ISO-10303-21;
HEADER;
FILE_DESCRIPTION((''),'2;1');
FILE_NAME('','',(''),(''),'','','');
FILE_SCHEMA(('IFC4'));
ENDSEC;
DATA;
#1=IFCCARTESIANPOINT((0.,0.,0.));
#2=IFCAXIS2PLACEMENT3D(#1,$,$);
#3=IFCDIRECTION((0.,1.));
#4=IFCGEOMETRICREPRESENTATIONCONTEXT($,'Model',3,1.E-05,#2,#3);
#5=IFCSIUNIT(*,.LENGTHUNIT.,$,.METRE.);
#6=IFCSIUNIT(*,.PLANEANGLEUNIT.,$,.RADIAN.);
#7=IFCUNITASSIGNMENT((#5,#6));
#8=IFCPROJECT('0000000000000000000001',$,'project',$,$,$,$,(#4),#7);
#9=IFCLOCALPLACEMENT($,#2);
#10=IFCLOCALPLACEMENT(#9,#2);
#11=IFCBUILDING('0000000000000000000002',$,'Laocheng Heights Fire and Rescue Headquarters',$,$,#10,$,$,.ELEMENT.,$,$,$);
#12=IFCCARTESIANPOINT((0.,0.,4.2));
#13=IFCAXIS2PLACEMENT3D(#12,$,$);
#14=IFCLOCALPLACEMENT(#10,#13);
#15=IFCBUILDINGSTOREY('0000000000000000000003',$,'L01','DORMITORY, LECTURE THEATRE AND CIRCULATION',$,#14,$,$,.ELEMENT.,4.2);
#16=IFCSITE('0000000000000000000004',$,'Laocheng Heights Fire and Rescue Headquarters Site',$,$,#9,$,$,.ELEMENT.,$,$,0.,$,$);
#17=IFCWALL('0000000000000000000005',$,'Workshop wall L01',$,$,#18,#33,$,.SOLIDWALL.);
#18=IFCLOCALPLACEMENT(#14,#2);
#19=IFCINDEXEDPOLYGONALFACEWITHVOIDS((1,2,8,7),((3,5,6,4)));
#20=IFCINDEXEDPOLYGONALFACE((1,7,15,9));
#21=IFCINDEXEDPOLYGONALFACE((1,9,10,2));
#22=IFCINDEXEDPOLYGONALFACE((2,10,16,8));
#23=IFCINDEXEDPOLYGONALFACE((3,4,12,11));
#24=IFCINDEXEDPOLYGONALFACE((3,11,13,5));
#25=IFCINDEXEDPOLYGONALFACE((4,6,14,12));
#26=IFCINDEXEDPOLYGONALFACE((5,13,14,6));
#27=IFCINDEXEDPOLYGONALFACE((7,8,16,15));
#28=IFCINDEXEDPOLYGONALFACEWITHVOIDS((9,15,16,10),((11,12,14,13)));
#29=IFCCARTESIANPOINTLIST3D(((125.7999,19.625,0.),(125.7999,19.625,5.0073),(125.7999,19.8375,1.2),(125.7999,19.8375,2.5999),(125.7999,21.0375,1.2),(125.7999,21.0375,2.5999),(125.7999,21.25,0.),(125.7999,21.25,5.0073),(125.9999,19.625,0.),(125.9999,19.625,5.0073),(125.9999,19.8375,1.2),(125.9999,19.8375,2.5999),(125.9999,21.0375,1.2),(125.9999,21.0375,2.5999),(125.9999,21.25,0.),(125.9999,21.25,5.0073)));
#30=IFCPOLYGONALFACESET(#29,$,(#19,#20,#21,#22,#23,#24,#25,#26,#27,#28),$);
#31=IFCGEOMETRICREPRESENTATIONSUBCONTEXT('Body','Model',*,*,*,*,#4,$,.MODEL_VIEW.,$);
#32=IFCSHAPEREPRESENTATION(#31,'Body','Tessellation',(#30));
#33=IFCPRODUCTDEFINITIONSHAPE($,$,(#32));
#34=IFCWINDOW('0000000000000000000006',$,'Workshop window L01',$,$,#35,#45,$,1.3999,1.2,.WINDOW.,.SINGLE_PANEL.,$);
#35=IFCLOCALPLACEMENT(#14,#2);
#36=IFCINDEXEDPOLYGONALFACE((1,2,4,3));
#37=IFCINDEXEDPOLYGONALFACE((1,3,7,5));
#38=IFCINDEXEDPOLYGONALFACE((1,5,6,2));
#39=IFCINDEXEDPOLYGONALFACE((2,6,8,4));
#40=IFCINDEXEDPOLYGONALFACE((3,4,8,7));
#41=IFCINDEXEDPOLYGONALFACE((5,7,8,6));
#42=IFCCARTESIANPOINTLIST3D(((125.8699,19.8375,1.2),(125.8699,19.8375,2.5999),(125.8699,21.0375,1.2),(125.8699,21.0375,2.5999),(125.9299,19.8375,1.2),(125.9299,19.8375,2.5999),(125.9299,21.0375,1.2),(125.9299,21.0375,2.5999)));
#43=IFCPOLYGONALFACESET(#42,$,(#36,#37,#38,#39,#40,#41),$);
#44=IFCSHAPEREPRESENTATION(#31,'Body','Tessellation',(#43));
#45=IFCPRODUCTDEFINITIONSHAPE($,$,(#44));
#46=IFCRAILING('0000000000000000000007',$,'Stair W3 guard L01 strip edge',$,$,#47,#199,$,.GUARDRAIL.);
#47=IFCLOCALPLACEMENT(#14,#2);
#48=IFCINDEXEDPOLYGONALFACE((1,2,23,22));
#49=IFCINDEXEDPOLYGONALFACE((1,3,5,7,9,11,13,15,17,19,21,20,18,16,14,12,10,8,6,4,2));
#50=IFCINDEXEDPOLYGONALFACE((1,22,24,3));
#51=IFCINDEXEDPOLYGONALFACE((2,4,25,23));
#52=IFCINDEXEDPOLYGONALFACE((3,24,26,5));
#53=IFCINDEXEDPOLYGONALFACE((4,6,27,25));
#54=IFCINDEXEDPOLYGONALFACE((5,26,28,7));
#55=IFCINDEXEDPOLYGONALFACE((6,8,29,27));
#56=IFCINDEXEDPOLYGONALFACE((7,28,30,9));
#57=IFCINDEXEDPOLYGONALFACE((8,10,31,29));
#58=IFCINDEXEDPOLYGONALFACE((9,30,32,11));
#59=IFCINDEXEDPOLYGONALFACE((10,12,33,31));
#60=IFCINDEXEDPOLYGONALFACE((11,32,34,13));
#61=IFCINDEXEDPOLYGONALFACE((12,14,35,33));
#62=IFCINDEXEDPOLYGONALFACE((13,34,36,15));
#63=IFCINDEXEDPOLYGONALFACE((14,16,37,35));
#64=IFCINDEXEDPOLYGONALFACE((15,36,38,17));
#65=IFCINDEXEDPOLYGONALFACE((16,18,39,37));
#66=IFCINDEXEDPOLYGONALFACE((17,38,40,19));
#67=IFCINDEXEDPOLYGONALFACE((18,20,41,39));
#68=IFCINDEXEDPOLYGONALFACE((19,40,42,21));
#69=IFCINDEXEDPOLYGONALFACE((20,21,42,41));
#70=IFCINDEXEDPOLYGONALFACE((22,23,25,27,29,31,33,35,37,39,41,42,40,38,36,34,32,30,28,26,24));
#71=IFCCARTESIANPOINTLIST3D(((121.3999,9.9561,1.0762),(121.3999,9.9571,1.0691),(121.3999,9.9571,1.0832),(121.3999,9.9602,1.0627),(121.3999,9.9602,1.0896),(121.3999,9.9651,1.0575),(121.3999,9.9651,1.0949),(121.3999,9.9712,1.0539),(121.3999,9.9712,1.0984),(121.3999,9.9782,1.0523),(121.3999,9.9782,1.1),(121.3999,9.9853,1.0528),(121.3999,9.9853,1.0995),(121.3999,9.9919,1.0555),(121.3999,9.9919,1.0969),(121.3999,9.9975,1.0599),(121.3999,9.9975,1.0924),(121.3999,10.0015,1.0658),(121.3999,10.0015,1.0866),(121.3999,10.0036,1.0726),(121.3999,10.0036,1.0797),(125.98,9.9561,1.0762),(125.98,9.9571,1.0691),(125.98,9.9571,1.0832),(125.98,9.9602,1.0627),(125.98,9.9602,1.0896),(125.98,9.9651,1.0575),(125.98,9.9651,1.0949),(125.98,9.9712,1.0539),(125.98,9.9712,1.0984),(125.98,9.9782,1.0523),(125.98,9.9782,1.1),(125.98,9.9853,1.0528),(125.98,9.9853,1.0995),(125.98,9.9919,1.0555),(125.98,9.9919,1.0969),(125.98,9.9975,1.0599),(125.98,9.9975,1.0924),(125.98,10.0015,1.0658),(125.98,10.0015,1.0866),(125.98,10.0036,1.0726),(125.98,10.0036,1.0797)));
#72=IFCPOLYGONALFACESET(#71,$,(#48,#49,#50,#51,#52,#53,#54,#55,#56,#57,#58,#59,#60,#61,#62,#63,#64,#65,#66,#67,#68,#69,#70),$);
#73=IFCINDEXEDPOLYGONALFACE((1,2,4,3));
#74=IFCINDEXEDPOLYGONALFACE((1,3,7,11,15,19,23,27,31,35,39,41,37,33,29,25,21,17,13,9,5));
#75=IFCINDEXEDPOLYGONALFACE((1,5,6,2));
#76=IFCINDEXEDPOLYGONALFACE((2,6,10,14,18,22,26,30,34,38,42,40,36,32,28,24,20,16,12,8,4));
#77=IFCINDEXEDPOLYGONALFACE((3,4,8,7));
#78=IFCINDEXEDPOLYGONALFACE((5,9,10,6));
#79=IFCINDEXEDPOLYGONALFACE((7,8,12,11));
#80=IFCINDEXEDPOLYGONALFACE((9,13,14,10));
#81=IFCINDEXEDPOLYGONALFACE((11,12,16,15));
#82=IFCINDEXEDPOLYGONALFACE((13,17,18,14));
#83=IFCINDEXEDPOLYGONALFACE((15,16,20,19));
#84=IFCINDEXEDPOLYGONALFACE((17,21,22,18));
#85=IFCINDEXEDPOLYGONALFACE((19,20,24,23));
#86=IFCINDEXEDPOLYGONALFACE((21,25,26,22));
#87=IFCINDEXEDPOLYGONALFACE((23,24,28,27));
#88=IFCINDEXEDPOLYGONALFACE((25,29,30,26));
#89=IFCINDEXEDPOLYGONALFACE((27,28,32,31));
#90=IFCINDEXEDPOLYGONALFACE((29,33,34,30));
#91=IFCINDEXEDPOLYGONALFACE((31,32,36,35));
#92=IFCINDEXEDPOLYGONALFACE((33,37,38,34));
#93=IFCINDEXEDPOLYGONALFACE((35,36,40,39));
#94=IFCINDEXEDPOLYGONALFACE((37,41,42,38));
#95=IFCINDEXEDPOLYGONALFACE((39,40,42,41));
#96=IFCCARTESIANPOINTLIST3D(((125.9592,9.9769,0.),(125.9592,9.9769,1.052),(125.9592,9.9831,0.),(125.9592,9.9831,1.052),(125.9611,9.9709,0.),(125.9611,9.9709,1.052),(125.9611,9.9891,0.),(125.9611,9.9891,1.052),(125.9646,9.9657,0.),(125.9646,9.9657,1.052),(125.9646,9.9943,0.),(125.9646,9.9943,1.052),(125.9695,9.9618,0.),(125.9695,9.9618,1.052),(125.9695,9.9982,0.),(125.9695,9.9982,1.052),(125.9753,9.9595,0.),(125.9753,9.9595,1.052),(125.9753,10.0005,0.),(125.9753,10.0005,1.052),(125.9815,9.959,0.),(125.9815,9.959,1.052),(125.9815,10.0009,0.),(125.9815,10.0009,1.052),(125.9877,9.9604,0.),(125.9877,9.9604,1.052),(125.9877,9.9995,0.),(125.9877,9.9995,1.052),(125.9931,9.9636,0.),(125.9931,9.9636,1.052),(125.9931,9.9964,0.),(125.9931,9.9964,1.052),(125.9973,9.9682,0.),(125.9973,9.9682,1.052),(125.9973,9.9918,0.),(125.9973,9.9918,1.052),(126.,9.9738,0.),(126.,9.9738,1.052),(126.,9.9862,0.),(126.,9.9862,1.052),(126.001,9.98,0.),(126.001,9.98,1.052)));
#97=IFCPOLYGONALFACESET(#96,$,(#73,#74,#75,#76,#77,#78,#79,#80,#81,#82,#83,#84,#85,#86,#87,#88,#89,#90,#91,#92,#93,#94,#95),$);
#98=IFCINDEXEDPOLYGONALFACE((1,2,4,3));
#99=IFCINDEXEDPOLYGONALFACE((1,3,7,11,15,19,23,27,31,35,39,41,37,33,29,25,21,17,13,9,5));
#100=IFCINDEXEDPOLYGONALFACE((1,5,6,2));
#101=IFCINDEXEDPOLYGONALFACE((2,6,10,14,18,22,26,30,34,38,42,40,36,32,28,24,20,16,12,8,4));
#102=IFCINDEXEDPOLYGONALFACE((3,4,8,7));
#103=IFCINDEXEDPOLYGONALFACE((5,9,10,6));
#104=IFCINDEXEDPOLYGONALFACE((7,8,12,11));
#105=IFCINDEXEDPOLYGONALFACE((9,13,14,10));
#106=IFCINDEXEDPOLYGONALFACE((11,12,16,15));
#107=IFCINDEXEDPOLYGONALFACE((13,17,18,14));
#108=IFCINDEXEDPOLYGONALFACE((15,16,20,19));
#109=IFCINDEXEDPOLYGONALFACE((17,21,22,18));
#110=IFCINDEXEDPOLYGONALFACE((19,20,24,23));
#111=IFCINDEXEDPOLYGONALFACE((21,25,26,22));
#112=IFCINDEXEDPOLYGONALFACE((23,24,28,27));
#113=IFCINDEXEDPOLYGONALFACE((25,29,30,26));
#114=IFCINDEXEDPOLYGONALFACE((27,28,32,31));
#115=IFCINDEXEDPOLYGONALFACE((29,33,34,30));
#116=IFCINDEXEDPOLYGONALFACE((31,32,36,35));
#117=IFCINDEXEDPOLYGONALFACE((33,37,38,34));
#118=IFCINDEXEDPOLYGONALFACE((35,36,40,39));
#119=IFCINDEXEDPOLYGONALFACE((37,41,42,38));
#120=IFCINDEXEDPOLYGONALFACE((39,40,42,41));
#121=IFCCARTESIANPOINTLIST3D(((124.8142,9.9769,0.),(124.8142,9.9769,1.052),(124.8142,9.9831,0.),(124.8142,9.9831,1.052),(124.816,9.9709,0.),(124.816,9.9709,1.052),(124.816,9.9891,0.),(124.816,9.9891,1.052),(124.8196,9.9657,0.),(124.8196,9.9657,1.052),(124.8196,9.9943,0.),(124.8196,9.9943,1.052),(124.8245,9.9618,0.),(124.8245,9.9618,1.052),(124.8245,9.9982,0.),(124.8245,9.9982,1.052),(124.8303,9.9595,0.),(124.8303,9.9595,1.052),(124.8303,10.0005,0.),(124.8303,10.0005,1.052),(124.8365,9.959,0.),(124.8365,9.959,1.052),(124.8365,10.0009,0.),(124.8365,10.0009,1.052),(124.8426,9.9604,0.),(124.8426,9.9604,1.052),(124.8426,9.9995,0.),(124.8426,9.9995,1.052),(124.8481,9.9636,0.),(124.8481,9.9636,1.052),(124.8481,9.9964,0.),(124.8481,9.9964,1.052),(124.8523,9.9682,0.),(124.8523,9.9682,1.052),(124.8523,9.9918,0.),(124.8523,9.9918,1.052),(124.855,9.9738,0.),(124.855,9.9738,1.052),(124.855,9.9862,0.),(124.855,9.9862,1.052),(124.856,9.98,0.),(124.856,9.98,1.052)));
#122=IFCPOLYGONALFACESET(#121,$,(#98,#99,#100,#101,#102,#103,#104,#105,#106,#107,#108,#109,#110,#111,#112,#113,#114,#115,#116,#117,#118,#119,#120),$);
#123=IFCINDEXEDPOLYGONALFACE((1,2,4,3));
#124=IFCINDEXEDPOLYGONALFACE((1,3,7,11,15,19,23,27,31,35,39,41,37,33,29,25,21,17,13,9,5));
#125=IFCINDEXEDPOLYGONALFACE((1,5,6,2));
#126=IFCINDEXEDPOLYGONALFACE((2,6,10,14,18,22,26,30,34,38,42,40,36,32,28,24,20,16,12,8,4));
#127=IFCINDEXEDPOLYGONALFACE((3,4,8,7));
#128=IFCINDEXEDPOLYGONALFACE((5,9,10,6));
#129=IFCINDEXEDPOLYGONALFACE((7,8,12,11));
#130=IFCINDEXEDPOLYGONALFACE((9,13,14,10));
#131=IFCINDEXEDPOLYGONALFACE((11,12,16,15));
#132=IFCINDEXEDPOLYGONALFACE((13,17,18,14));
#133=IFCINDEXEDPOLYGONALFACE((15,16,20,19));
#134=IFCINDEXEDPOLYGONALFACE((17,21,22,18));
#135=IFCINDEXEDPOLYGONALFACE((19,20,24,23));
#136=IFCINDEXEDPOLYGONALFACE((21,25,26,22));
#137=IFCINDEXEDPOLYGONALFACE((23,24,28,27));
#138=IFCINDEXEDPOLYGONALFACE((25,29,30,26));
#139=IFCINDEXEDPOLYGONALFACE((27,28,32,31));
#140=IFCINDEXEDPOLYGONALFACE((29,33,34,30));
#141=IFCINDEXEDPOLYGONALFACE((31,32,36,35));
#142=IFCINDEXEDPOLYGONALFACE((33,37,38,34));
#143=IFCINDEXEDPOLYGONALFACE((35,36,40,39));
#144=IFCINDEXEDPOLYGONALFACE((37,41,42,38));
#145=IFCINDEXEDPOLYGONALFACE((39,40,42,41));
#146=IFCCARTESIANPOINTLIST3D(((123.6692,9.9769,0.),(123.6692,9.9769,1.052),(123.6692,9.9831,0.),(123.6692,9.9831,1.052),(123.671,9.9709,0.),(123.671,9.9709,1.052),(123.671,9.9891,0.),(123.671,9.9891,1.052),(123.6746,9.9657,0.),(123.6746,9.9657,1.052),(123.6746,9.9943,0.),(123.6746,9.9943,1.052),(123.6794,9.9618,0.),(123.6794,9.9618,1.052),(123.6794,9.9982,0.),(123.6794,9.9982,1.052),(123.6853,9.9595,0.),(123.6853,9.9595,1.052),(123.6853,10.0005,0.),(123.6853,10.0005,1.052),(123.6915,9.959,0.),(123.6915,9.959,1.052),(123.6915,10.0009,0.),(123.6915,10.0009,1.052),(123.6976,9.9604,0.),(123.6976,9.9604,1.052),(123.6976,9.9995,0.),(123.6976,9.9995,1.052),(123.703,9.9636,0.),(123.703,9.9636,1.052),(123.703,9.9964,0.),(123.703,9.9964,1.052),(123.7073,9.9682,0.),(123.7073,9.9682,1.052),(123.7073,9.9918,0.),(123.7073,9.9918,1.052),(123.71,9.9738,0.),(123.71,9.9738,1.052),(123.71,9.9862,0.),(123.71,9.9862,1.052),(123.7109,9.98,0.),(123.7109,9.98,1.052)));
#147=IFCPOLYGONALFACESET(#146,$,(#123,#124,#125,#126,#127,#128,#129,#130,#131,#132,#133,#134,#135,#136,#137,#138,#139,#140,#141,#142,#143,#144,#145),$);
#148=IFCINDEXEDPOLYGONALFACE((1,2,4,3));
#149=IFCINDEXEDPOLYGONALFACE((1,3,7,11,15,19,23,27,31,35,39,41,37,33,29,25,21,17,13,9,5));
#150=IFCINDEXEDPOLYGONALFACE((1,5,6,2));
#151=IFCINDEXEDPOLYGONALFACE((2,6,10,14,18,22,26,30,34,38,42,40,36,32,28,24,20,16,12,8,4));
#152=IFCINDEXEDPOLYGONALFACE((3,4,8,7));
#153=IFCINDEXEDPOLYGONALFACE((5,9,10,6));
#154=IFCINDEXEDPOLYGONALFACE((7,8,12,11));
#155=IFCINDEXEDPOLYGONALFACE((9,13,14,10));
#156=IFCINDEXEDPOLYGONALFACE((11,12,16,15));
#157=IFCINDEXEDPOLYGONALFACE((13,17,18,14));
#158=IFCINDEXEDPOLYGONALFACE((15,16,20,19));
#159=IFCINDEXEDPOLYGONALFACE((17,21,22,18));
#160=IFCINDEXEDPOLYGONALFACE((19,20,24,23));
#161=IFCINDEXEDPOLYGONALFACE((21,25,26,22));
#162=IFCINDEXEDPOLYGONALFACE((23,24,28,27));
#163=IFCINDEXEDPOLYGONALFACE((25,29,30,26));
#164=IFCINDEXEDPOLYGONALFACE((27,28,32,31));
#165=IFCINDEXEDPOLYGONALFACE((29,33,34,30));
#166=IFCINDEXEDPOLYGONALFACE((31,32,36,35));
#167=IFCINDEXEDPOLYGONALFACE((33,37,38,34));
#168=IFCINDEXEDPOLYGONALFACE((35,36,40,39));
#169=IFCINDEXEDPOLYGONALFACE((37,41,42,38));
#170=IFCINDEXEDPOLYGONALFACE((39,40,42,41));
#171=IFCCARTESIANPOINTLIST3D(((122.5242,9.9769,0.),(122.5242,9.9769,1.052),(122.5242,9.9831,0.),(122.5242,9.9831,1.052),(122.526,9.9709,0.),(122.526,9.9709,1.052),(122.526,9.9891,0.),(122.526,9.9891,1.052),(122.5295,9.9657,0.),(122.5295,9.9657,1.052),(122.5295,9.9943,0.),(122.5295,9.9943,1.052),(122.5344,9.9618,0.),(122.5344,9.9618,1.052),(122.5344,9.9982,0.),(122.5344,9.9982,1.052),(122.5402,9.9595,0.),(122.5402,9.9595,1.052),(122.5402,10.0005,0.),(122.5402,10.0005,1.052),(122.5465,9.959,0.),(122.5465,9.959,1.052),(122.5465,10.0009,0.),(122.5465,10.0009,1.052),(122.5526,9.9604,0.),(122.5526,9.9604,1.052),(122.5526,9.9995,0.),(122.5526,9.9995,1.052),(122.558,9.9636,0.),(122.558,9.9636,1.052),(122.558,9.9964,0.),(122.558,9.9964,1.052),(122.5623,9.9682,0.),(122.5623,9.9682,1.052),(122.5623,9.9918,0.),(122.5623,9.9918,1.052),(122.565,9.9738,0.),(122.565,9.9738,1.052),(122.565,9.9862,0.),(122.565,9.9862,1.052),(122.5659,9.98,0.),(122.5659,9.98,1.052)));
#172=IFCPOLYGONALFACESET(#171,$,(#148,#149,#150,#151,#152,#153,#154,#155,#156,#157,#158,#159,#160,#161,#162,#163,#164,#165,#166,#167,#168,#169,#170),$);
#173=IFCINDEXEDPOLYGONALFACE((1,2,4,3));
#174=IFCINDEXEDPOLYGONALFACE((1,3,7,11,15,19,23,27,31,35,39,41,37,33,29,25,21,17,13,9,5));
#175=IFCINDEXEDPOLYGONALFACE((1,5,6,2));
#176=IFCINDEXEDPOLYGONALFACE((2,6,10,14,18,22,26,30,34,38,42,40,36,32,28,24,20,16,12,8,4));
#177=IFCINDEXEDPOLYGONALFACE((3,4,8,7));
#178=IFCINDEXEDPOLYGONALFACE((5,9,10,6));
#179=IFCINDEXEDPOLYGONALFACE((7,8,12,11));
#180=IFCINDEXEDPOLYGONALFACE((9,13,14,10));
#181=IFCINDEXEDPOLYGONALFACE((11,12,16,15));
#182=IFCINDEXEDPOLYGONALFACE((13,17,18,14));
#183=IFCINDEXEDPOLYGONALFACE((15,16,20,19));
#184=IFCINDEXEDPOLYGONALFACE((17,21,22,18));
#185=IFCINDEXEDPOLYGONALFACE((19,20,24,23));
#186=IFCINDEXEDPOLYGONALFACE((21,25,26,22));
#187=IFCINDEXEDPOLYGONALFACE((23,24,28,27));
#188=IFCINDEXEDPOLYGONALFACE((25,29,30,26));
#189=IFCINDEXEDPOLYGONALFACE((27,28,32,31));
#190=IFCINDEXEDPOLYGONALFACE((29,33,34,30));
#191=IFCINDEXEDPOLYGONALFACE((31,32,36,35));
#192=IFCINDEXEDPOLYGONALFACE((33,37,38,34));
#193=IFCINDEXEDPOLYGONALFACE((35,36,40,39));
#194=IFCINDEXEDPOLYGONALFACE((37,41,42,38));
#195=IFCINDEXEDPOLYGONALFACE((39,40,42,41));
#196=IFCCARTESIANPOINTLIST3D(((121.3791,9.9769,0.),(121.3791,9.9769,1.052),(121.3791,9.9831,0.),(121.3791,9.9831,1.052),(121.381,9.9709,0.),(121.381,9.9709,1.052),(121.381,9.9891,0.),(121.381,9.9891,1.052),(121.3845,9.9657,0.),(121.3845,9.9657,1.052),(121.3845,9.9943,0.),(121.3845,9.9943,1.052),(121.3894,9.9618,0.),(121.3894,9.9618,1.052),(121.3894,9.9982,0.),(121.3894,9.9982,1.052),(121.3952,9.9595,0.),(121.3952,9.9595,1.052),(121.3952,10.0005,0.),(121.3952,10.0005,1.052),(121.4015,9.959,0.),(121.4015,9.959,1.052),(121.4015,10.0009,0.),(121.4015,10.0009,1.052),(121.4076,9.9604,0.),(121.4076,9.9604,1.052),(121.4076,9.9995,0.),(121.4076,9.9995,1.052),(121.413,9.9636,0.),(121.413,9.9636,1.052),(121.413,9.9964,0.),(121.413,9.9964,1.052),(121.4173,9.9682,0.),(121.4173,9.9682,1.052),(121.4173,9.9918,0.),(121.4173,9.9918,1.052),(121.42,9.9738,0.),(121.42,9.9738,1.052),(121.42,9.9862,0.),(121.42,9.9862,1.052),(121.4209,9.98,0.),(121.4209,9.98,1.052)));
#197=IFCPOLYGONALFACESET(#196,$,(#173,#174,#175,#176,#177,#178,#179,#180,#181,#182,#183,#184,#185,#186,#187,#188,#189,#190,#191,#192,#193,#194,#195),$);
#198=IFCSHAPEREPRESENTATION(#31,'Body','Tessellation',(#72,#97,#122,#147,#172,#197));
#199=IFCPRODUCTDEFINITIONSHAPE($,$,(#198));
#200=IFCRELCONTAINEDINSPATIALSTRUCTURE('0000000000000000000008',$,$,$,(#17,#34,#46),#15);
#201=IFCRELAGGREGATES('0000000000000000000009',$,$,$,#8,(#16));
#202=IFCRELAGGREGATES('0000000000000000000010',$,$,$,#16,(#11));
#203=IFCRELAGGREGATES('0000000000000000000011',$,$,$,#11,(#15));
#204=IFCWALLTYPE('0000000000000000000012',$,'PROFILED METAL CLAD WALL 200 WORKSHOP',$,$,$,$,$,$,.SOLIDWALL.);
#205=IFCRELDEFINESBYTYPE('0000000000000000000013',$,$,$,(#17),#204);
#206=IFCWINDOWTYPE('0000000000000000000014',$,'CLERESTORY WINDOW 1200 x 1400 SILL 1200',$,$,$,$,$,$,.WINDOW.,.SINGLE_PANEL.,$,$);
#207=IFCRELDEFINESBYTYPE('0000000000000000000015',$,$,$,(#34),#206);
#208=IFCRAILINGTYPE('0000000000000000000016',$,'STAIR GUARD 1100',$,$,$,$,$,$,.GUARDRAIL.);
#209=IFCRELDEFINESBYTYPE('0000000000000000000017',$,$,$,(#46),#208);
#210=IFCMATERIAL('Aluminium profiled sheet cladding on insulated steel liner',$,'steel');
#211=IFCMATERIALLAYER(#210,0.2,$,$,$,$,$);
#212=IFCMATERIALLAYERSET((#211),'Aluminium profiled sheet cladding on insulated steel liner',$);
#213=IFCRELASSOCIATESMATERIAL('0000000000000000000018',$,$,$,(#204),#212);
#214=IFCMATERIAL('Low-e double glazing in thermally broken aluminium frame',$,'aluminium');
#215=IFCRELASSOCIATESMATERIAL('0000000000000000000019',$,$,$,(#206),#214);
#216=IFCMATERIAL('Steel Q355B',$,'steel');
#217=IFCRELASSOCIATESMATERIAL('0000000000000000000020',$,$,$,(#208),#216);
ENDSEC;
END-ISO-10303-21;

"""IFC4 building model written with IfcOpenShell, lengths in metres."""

from ifc_helpers import new_model, si_unit, direction, frame, frame_2d, origin, origin_2d, place, context, subcontext, project, spatial, rectangle, circle, extrude, material, layer, layer_set, type_object, element, fill, save


model = new_model("IFC4")

# Units and contexts
model_context = context("Model", 3, precision=1e-05, world=origin(), true_north=direction((0.0, 1.0)))
body_context = subcontext(model_context, "Body", "Model", "MODEL_VIEW")
ifc_project = project(units=[si_unit("LENGTHUNIT", "METRE"), si_unit("PLANEANGLEUNIT", "RADIAN")], contexts=[model_context])

# Site, building, storey
site_placement = place(None, origin())
site = spatial("IfcSite", under=ifc_project, at=site_placement, Name="Laocheng Heights Fire and Rescue Headquarters Site", CompositionType="ELEMENT", RefElevation=0.0)
building_placement = place(site_placement, origin())
building = spatial("IfcBuilding", under=site, at=building_placement, Name="Laocheng Heights Fire and Rescue Headquarters", CompositionType="ELEMENT")
storey_placement = place(building_placement, frame((0.0, 0.0, 4.2)))
storey = spatial("IfcBuildingStorey", under=building, at=storey_placement, Name="L01", Description="DORMITORY, LECTURE THEATRE AND CIRCULATION", CompositionType="ELEMENT", Elevation=4.2)

# Wall, opening, window
ifc_material_1 = material(Name="Aluminium profiled sheet cladding on insulated steel liner", Category="steel")
ifc_layer_1 = layer(ifc_material_1, 0.2)
ifc_layer_set_1 = layer_set([ifc_layer_1], Name="Aluminium profiled sheet cladding on insulated steel liner")
wall_type = type_object("IfcWallType", Name="PROFILED METAL CLAD WALL 200 WORKSHOP", PredefinedType="SOLIDWALL", material=ifc_layer_set_1)
ifc_material_2 = material(Name="Low-e double glazing in thermally broken aluminium frame", Category="aluminium")
window_type = type_object("IfcWindowType", Name="CLERESTORY WINDOW 1200 x 1400 SILL 1200", PartitioningType="SINGLE_PANEL", PredefinedType="WINDOW", material=ifc_material_2)
wall_1_placement = place(storey_placement, frame((125.8999, 19.625, 0.0), z_axis=(0.0, 0.0, 1.0), x_axis=(0.0, 1.0, 0.0)))
wall_1 = element("IfcWall", 1, at=wall_1_placement, inside=storey, type_object=wall_type, Name="Workshop wall L01", PredefinedType="SOLIDWALL", context=body_context, shape_type="SweptSolid", body=[
    extrude(rectangle(XDim=1.625, YDim=0.2, at=frame_2d((0.8125, 0.0))), origin(), (0.0, 0.0, 1.0), 5.0073),
])
opening_1_placement = place(wall_1_placement, frame((0.2124, 0.0, 1.2)))
opening_1 = element("IfcOpeningElement", 2, at=opening_1_placement, cuts=wall_1, PredefinedType="OPENING", context=body_context, shape_type="SweptSolid", body=[
    extrude(rectangle(XDim=1.2, YDim=1.3999, at=frame_2d((0.6001, 0.7))), frame((0.0, 0.1099, 0.0), z_axis=(0.0, -1.0, 0.0), x_axis=(1.0, 0.0, 0.0)), (0.0, 0.0, 1.0), 0.22),
])
window_1_placement = place(opening_1_placement, origin())
window_1 = element("IfcWindow", 3, at=window_1_placement, inside=storey, type_object=window_type, Name="Workshop window L01", OverallHeight=1.3999, OverallWidth=1.2, PartitioningType="SINGLE_PANEL", PredefinedType="WINDOW", context=body_context, shape_type="SweptSolid", body=[
    extrude(rectangle(XDim=1.2, YDim=1.3999, at=frame_2d((0.6001, 0.7))), frame((0.0, 0.03, 0.0), z_axis=(0.0, -1.0, 0.0), x_axis=(1.0, 0.0, 0.0)), (0.0, 0.0, 1.0), 0.0601),
])
fill(opening_1, window_1)

# Railing
ifc_material_3 = material(Name="Steel Q355B", Category="steel")
railing_type = type_object("IfcRailingType", Name="STAIR GUARD 1100", PredefinedType="GUARDRAIL", material=ifc_material_3)
railing_placement = place(storey_placement, frame((125.98, 9.98, 0.0)))
element("IfcRailing", 4, at=railing_placement, inside=storey, type_object=railing_type, Name="Stair W3 guard L01 strip edge", PredefinedType="GUARDRAIL", context=body_context, shape_type="SweptSolid", body=[
    extrude(circle(Radius=0.0239, at=origin_2d()), frame((0.0, 0.0, 1.0762), z_axis=(-1.0, 0.0, 0.0), x_axis=(0.0, -1.0, 0.0)), (0.0, 0.0, 1.0), 4.5801),
    extrude(circle(Radius=0.021, at=origin_2d()), origin(), (0.0, 0.0, 1.0), 1.052),
    extrude(circle(Radius=0.021, at=origin_2d()), frame((-1.145, 0.0, 0.0)), (0.0, 0.0, 1.0), 1.052),
    extrude(circle(Radius=0.021, at=origin_2d()), frame((-2.29, 0.0, 0.0)), (0.0, 0.0, 1.0), 1.052),
    extrude(circle(Radius=0.021, at=origin_2d()), frame((-3.4351, 0.0, 0.0)), (0.0, 0.0, 1.0), 1.052),
    extrude(circle(Radius=0.021, at=origin_2d()), frame((-4.5801, 0.0, 0.0)), (0.0, 0.0, 1.0), 1.052),
])

save(model, "model.ifc")
